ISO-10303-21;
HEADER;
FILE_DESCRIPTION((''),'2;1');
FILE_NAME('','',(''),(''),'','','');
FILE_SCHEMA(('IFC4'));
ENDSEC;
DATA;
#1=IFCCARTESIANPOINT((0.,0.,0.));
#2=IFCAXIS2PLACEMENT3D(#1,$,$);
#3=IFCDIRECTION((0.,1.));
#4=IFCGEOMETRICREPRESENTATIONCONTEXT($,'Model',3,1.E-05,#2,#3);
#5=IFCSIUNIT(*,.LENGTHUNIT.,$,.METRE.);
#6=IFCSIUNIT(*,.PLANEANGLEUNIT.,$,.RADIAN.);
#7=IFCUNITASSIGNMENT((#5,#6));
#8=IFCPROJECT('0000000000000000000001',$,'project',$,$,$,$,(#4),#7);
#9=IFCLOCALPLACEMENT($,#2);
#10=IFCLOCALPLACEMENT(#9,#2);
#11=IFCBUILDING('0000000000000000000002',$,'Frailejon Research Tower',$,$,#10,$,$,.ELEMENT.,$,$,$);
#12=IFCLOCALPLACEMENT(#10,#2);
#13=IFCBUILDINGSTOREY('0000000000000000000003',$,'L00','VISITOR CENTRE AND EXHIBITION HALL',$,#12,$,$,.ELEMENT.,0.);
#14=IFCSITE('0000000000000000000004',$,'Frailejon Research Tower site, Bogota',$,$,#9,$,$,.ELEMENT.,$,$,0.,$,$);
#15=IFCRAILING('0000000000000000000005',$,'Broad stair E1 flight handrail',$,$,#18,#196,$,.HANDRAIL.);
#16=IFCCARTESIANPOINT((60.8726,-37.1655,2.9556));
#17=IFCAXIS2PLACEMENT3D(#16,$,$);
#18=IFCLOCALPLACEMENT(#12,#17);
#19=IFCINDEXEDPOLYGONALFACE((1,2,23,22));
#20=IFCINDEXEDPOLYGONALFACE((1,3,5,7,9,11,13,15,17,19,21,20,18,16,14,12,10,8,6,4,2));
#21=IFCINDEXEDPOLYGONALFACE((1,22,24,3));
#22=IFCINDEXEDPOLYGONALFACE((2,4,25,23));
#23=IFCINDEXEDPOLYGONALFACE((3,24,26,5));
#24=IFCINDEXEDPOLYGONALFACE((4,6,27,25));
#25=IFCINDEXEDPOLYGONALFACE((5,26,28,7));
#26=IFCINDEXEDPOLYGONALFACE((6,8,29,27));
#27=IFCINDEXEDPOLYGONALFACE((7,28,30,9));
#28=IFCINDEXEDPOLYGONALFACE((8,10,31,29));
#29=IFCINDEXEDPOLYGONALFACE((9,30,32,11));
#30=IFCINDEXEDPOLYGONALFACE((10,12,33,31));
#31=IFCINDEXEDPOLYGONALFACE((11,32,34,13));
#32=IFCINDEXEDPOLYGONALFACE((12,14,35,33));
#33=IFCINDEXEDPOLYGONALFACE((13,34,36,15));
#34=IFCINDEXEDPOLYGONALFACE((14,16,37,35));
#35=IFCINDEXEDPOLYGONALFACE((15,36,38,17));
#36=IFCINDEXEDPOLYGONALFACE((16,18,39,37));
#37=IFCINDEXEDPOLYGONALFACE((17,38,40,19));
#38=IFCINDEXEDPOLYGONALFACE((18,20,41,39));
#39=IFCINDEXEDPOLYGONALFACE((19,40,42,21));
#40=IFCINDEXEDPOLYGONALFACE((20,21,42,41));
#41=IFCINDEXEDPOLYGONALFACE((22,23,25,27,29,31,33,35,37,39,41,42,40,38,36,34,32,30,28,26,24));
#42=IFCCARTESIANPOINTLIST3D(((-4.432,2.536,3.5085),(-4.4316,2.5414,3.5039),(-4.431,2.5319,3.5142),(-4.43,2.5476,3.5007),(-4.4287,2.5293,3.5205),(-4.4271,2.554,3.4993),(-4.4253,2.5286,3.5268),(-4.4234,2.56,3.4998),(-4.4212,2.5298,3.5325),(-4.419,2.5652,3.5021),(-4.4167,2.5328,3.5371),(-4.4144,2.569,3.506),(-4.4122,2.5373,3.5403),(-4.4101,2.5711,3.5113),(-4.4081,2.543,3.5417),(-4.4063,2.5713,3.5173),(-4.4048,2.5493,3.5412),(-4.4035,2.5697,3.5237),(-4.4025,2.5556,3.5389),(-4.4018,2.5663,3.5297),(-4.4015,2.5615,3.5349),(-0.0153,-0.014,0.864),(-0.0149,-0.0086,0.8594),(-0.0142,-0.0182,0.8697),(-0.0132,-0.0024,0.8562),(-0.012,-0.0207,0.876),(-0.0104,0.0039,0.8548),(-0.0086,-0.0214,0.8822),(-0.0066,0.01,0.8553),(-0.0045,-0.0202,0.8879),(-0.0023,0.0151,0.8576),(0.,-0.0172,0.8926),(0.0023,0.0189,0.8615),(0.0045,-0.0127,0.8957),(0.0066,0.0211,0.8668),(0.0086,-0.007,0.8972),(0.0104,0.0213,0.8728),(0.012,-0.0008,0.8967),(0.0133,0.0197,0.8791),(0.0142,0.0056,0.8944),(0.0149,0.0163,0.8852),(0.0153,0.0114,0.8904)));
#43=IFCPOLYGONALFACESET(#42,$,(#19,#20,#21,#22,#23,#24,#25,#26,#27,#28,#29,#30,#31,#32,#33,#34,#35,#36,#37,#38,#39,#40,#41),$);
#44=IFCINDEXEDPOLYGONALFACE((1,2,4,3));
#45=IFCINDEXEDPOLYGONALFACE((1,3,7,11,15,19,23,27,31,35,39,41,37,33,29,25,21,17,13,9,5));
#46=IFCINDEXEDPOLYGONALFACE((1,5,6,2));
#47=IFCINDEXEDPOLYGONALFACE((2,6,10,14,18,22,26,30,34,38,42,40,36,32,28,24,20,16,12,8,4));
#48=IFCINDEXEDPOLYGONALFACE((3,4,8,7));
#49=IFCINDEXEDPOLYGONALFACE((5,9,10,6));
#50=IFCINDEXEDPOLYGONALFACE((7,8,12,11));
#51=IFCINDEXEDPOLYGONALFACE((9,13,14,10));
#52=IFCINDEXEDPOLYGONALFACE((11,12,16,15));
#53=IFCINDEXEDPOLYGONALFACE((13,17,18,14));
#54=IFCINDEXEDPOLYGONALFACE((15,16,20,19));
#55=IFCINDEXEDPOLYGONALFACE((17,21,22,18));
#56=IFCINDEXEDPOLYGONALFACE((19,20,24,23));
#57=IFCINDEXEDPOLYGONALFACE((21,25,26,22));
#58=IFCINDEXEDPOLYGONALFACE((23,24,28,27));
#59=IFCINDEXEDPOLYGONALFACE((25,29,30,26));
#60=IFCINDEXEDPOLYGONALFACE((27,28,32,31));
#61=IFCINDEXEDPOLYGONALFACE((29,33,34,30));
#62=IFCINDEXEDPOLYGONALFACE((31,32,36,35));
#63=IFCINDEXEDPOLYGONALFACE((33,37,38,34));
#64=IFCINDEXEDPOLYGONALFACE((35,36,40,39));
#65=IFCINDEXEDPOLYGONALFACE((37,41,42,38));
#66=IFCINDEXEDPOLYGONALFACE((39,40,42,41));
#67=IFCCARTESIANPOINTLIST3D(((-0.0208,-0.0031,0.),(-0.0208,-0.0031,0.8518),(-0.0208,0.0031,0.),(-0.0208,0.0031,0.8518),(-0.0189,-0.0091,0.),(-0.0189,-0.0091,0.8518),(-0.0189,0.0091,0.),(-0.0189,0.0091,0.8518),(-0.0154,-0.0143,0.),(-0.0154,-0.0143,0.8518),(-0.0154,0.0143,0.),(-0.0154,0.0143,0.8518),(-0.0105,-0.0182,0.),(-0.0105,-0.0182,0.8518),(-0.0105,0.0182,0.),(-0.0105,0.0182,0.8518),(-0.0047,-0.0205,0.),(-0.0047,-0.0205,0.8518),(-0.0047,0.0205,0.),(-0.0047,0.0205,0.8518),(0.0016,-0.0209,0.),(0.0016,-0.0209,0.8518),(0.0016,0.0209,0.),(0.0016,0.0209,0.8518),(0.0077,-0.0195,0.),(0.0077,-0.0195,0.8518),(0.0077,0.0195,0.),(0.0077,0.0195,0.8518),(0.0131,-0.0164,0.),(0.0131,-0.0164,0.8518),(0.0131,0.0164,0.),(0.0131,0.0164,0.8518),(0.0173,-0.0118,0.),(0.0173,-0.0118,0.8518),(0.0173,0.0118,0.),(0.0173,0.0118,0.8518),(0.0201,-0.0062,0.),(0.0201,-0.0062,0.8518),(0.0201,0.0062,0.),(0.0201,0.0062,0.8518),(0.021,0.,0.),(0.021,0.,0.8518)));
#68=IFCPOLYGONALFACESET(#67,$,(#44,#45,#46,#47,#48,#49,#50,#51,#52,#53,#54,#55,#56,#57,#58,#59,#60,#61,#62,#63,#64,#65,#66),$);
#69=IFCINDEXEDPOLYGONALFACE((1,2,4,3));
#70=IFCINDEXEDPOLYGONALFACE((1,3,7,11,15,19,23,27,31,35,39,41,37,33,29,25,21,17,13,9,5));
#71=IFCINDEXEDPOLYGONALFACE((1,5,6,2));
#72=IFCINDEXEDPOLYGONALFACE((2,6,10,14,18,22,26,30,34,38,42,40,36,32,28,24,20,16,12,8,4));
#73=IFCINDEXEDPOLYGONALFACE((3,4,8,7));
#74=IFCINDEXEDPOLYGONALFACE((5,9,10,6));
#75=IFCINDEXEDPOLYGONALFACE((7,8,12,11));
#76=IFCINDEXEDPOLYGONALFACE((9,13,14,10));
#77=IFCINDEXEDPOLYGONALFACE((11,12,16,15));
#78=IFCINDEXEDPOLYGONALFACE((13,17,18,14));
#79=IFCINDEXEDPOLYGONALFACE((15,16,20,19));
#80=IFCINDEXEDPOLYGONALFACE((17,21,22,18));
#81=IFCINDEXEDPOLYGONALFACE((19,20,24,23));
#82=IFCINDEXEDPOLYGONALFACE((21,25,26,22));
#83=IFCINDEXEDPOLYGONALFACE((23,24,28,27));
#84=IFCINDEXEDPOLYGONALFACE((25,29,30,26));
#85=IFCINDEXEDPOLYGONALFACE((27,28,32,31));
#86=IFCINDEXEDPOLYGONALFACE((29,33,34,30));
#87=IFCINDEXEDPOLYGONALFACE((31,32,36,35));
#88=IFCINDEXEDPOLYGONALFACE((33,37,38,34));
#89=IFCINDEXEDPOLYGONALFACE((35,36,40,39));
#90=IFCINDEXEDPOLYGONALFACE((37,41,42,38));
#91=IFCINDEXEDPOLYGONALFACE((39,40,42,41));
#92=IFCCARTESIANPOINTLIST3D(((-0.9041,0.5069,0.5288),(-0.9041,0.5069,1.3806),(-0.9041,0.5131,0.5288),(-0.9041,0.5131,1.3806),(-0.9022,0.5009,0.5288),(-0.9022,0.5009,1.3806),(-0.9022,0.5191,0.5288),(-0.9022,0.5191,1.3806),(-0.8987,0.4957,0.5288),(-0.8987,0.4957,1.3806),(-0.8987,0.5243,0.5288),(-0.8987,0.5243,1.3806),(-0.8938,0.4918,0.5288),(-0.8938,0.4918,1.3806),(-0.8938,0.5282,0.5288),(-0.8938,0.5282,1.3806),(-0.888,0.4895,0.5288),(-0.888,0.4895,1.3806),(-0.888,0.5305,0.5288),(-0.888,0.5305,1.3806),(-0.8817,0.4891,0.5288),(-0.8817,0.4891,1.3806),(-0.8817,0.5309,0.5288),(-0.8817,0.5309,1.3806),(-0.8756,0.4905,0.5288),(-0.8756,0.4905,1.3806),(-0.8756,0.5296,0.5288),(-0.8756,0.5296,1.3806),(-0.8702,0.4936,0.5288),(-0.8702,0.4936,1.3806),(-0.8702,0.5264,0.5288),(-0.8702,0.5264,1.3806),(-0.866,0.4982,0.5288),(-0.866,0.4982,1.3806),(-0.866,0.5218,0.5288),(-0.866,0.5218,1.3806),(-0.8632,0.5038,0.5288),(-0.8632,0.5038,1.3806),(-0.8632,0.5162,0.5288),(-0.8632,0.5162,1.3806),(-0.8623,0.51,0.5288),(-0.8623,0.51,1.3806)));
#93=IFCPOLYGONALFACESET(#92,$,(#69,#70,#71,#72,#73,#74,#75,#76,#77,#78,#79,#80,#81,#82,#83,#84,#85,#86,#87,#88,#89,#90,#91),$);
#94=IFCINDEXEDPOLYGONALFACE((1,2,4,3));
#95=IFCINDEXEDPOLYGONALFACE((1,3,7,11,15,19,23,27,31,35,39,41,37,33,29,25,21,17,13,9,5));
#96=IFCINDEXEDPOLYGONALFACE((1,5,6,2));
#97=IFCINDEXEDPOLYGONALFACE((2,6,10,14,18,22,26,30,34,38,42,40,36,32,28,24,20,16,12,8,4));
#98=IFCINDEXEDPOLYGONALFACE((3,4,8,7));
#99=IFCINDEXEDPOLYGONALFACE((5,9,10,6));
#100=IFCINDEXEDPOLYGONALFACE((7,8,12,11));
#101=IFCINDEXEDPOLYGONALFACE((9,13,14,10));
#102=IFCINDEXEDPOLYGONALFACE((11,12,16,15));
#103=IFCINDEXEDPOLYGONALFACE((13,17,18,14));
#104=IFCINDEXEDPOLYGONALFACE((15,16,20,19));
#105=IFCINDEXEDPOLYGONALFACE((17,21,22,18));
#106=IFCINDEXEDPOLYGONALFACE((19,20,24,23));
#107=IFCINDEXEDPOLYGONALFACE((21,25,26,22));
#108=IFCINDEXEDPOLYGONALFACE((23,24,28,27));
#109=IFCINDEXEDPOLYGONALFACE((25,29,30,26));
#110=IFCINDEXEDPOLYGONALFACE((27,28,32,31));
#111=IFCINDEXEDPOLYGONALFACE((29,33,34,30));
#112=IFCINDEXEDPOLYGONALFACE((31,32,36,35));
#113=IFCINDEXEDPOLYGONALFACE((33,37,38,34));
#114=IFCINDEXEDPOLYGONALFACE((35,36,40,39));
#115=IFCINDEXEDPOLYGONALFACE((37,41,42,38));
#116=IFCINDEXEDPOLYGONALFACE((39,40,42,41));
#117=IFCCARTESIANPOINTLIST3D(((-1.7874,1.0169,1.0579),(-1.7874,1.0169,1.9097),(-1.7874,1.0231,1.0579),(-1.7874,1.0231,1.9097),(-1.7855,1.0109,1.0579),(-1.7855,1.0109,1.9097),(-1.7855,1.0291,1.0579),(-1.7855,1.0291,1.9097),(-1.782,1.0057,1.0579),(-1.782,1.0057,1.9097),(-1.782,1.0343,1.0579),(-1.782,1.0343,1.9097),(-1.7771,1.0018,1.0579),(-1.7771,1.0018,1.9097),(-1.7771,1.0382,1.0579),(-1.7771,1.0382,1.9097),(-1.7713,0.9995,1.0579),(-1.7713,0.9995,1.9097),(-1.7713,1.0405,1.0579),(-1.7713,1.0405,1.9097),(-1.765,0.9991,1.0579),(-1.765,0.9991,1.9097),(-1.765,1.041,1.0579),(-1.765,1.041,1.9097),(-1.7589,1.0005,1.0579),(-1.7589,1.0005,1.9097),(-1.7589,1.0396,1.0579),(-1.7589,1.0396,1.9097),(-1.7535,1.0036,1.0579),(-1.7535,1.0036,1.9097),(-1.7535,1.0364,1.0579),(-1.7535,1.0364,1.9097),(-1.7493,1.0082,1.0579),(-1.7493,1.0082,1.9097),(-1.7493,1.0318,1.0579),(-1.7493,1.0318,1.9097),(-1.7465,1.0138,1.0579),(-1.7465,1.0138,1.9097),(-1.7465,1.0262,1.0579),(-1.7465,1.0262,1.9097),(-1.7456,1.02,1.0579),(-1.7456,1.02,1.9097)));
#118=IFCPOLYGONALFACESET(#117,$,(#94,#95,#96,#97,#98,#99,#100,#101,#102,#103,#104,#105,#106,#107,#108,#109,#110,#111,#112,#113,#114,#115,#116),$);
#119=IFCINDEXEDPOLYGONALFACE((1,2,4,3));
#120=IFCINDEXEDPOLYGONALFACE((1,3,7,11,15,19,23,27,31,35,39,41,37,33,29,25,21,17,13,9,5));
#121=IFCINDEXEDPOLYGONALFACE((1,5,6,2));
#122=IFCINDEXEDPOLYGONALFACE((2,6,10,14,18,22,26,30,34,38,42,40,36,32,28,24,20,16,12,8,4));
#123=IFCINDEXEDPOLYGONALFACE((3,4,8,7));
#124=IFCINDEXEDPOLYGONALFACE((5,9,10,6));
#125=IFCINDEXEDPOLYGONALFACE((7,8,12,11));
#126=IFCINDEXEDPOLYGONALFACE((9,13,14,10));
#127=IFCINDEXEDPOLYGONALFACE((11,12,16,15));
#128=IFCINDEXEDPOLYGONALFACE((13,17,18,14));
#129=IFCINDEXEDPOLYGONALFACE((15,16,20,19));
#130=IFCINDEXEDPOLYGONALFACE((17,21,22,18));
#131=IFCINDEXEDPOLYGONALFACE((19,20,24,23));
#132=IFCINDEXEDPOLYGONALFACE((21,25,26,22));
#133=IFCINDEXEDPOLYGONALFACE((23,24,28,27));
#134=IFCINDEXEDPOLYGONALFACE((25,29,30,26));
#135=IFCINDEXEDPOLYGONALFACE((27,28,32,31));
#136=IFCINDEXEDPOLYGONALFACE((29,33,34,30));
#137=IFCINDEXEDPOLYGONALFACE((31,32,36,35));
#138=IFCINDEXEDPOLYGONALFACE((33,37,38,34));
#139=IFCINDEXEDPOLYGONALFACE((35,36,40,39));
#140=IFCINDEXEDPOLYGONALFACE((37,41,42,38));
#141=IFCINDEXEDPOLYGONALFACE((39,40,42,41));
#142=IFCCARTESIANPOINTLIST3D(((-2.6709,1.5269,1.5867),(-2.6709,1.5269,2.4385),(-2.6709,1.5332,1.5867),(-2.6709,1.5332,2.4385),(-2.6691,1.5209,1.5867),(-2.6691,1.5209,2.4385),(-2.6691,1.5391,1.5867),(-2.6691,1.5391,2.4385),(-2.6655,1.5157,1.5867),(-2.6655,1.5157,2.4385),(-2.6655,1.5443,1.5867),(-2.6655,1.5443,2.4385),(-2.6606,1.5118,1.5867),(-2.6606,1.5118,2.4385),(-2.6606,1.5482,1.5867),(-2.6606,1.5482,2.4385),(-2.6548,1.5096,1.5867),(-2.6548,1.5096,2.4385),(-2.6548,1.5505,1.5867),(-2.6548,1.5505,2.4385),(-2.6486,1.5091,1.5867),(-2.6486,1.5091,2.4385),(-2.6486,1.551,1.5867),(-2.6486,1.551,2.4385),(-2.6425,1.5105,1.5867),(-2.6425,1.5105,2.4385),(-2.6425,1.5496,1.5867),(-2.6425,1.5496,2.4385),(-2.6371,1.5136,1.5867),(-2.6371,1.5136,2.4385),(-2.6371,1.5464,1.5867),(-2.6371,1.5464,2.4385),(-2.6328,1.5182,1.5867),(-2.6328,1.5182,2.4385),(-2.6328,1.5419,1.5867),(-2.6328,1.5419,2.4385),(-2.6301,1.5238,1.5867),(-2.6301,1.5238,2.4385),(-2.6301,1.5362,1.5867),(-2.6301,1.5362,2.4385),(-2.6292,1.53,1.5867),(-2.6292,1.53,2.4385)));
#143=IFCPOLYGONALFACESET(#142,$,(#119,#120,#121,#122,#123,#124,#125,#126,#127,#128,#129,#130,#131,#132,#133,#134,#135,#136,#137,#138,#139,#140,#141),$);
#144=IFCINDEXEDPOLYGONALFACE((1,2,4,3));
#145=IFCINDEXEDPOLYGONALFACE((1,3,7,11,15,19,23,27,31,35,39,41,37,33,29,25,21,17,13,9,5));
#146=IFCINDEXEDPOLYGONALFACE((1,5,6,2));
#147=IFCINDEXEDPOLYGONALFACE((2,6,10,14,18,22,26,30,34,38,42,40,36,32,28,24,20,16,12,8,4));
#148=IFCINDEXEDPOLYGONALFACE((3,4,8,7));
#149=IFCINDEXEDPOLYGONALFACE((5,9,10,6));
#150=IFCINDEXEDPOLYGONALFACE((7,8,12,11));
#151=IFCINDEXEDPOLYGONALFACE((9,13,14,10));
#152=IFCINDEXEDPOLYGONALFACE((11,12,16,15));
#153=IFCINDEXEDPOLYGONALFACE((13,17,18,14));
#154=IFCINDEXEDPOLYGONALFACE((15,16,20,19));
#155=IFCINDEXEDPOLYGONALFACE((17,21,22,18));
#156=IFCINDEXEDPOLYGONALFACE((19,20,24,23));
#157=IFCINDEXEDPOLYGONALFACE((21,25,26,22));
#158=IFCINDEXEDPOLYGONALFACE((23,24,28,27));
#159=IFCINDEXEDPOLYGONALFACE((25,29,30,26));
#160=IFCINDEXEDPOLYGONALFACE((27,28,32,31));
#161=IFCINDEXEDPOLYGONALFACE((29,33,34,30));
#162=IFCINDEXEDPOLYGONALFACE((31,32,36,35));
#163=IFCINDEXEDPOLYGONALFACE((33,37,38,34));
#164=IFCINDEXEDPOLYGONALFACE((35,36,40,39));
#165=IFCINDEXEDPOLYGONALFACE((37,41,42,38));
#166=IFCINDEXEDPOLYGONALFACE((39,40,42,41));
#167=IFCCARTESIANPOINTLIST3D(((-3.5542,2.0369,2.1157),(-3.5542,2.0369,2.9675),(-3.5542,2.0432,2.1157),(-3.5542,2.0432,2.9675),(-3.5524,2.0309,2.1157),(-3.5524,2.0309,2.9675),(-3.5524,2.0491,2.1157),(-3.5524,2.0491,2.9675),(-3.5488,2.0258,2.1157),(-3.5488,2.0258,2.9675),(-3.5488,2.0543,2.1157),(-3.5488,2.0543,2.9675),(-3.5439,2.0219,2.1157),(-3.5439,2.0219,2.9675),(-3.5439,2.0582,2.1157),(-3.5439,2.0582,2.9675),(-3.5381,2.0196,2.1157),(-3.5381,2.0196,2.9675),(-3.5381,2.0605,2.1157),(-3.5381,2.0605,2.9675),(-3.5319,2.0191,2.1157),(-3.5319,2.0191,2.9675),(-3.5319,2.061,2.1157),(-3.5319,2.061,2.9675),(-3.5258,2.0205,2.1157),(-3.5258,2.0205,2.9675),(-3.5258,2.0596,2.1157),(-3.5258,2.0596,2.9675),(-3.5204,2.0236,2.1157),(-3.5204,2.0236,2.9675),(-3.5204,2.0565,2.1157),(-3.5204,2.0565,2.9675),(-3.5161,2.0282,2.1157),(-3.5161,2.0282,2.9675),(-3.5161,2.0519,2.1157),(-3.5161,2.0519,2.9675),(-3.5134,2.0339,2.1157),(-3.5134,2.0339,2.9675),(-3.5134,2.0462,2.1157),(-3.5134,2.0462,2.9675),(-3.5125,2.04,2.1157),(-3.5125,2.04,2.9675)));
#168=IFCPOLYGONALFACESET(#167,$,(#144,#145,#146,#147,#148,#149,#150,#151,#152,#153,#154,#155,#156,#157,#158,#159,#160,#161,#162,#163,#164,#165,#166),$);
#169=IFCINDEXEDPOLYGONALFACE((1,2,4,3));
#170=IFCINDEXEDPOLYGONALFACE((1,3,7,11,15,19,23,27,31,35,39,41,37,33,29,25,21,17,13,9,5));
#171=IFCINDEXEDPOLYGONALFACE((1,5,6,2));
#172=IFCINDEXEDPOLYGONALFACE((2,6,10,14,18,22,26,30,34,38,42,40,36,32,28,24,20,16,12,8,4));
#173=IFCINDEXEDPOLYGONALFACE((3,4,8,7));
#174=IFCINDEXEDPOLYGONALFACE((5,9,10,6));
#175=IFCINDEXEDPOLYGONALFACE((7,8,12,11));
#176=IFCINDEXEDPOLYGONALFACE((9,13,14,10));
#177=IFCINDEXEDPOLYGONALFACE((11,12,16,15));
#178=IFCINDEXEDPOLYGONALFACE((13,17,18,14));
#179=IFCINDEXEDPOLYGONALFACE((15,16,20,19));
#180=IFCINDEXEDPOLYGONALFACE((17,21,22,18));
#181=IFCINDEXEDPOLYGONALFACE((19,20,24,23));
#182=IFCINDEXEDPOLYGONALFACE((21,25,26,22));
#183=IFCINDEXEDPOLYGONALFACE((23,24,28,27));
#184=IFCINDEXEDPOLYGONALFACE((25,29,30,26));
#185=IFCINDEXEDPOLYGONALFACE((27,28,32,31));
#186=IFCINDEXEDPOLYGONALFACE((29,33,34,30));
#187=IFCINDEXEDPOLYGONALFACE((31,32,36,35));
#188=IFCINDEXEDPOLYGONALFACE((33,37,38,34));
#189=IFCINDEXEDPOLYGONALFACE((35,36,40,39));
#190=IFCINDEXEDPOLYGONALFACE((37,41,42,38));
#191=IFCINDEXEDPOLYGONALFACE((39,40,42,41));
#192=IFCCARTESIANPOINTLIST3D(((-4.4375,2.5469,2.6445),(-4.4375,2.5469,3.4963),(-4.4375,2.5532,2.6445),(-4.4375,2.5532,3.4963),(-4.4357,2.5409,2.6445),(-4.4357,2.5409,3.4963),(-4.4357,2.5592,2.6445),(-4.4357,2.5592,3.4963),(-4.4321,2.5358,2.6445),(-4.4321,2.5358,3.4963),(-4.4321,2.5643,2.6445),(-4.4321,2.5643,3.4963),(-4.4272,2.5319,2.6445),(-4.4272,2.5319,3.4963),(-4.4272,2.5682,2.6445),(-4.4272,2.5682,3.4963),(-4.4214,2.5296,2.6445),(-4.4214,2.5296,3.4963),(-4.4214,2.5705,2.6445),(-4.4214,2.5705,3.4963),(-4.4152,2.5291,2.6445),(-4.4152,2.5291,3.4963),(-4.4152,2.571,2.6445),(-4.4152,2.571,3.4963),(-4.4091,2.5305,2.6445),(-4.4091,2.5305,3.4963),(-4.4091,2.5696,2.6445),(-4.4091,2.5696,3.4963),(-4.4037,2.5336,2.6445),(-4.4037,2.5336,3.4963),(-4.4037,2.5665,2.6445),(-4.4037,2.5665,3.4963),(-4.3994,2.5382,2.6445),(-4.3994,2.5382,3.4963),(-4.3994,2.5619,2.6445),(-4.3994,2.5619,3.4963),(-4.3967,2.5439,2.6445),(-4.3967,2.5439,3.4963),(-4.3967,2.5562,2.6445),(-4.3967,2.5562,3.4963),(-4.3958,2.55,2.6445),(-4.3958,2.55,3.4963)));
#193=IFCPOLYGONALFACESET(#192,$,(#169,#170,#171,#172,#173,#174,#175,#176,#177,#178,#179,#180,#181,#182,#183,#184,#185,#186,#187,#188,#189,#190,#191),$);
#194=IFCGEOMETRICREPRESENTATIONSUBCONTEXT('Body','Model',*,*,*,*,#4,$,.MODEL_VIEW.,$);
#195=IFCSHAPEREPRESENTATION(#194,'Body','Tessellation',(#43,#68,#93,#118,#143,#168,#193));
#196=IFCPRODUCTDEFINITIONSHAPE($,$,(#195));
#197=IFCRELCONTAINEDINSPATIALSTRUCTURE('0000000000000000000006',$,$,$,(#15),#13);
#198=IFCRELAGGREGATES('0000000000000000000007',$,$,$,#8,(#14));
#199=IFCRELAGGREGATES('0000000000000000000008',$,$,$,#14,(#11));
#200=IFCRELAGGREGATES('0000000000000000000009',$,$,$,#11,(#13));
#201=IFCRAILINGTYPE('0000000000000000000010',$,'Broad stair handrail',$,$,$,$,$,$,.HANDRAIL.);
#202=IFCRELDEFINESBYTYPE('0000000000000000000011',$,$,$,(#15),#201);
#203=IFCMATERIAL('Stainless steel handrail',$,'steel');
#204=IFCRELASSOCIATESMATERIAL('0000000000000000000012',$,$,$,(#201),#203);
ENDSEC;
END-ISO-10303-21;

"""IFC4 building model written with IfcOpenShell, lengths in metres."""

from ifc_helpers import new_model, si_unit, direction, frame, origin, origin_2d, place, context, subcontext, project, spatial, circle, extrude, material, type_object, element, save


model = new_model("IFC4")

# Units and contexts
model_context = context("Model", 3, precision=1e-05, world=origin(), true_north=direction((0.0, 1.0)))
body_context = subcontext(model_context, "Body", "Model", "MODEL_VIEW")
ifc_project = project(units=[si_unit("LENGTHUNIT", "METRE"), si_unit("PLANEANGLEUNIT", "RADIAN")], contexts=[model_context])

# Site, building, storey
site_placement = place(None, origin())
site = spatial("IfcSite", under=ifc_project, at=site_placement, Name="Frailejon Research Tower site, Bogota", CompositionType="ELEMENT", RefElevation=0.0)
building_placement = place(site_placement, origin())
building = spatial("IfcBuilding", under=site, at=building_placement, Name="Frailejon Research Tower", CompositionType="ELEMENT")
storey_placement = place(building_placement, origin())
storey = spatial("IfcBuildingStorey", under=building, at=storey_placement, Name="L00", Description="VISITOR CENTRE AND EXHIBITION HALL", CompositionType="ELEMENT", Elevation=0.0)

# Railing
ifc_material_1 = material(Name="Stainless steel handrail", Category="steel")
railing_type_1 = type_object("IfcRailingType", Name="Broad stair handrail", PredefinedType="HANDRAIL", material=ifc_material_1)
for number, where, name in (
    (1, (60.8726, -37.1655, 2.9556), "Broad stair E1 flight handrail"),
):
    element("IfcRailing", number, at=place(storey_placement, frame(where)), inside=storey, type_object=railing_type_1, Name=name, PredefinedType="HANDRAIL", context=body_context, shape_type="SweptSolid", body=[
        extrude(circle(Radius=0.0239, at=origin_2d()), frame((0.0, 0.0, 0.876), z_axis=(-0.768811, 0.44388, 0.460326), x_axis=(-0.500006, -0.866022, 0.0)), (0.0, 0.0, 1.0), 5.7449),
        extrude(circle(Radius=0.021, at=origin_2d()), origin(), (0.0, 0.0, 1.0), 0.8518),
        extrude(circle(Radius=0.021, at=origin_2d()), frame((-0.8833, 0.51, 0.5288)), (0.0, 0.0, 1.0), 0.8518),
        extrude(circle(Radius=0.021, at=origin_2d()), frame((-1.7666, 1.02, 1.0579)), (0.0, 0.0, 1.0), 0.8518),
        extrude(circle(Radius=0.021, at=origin_2d()), frame((-2.6501, 1.53, 1.5867)), (0.0, 0.0, 1.0), 0.8518),
        extrude(circle(Radius=0.021, at=origin_2d()), frame((-3.5334, 2.04, 2.1157)), (0.0, 0.0, 1.0), 0.8518),
        extrude(circle(Radius=0.021, at=origin_2d()), frame((-4.4167, 2.55, 2.6445)), (0.0, 0.0, 1.0), 0.8518),
    ])

save(model, "model.ifc")
